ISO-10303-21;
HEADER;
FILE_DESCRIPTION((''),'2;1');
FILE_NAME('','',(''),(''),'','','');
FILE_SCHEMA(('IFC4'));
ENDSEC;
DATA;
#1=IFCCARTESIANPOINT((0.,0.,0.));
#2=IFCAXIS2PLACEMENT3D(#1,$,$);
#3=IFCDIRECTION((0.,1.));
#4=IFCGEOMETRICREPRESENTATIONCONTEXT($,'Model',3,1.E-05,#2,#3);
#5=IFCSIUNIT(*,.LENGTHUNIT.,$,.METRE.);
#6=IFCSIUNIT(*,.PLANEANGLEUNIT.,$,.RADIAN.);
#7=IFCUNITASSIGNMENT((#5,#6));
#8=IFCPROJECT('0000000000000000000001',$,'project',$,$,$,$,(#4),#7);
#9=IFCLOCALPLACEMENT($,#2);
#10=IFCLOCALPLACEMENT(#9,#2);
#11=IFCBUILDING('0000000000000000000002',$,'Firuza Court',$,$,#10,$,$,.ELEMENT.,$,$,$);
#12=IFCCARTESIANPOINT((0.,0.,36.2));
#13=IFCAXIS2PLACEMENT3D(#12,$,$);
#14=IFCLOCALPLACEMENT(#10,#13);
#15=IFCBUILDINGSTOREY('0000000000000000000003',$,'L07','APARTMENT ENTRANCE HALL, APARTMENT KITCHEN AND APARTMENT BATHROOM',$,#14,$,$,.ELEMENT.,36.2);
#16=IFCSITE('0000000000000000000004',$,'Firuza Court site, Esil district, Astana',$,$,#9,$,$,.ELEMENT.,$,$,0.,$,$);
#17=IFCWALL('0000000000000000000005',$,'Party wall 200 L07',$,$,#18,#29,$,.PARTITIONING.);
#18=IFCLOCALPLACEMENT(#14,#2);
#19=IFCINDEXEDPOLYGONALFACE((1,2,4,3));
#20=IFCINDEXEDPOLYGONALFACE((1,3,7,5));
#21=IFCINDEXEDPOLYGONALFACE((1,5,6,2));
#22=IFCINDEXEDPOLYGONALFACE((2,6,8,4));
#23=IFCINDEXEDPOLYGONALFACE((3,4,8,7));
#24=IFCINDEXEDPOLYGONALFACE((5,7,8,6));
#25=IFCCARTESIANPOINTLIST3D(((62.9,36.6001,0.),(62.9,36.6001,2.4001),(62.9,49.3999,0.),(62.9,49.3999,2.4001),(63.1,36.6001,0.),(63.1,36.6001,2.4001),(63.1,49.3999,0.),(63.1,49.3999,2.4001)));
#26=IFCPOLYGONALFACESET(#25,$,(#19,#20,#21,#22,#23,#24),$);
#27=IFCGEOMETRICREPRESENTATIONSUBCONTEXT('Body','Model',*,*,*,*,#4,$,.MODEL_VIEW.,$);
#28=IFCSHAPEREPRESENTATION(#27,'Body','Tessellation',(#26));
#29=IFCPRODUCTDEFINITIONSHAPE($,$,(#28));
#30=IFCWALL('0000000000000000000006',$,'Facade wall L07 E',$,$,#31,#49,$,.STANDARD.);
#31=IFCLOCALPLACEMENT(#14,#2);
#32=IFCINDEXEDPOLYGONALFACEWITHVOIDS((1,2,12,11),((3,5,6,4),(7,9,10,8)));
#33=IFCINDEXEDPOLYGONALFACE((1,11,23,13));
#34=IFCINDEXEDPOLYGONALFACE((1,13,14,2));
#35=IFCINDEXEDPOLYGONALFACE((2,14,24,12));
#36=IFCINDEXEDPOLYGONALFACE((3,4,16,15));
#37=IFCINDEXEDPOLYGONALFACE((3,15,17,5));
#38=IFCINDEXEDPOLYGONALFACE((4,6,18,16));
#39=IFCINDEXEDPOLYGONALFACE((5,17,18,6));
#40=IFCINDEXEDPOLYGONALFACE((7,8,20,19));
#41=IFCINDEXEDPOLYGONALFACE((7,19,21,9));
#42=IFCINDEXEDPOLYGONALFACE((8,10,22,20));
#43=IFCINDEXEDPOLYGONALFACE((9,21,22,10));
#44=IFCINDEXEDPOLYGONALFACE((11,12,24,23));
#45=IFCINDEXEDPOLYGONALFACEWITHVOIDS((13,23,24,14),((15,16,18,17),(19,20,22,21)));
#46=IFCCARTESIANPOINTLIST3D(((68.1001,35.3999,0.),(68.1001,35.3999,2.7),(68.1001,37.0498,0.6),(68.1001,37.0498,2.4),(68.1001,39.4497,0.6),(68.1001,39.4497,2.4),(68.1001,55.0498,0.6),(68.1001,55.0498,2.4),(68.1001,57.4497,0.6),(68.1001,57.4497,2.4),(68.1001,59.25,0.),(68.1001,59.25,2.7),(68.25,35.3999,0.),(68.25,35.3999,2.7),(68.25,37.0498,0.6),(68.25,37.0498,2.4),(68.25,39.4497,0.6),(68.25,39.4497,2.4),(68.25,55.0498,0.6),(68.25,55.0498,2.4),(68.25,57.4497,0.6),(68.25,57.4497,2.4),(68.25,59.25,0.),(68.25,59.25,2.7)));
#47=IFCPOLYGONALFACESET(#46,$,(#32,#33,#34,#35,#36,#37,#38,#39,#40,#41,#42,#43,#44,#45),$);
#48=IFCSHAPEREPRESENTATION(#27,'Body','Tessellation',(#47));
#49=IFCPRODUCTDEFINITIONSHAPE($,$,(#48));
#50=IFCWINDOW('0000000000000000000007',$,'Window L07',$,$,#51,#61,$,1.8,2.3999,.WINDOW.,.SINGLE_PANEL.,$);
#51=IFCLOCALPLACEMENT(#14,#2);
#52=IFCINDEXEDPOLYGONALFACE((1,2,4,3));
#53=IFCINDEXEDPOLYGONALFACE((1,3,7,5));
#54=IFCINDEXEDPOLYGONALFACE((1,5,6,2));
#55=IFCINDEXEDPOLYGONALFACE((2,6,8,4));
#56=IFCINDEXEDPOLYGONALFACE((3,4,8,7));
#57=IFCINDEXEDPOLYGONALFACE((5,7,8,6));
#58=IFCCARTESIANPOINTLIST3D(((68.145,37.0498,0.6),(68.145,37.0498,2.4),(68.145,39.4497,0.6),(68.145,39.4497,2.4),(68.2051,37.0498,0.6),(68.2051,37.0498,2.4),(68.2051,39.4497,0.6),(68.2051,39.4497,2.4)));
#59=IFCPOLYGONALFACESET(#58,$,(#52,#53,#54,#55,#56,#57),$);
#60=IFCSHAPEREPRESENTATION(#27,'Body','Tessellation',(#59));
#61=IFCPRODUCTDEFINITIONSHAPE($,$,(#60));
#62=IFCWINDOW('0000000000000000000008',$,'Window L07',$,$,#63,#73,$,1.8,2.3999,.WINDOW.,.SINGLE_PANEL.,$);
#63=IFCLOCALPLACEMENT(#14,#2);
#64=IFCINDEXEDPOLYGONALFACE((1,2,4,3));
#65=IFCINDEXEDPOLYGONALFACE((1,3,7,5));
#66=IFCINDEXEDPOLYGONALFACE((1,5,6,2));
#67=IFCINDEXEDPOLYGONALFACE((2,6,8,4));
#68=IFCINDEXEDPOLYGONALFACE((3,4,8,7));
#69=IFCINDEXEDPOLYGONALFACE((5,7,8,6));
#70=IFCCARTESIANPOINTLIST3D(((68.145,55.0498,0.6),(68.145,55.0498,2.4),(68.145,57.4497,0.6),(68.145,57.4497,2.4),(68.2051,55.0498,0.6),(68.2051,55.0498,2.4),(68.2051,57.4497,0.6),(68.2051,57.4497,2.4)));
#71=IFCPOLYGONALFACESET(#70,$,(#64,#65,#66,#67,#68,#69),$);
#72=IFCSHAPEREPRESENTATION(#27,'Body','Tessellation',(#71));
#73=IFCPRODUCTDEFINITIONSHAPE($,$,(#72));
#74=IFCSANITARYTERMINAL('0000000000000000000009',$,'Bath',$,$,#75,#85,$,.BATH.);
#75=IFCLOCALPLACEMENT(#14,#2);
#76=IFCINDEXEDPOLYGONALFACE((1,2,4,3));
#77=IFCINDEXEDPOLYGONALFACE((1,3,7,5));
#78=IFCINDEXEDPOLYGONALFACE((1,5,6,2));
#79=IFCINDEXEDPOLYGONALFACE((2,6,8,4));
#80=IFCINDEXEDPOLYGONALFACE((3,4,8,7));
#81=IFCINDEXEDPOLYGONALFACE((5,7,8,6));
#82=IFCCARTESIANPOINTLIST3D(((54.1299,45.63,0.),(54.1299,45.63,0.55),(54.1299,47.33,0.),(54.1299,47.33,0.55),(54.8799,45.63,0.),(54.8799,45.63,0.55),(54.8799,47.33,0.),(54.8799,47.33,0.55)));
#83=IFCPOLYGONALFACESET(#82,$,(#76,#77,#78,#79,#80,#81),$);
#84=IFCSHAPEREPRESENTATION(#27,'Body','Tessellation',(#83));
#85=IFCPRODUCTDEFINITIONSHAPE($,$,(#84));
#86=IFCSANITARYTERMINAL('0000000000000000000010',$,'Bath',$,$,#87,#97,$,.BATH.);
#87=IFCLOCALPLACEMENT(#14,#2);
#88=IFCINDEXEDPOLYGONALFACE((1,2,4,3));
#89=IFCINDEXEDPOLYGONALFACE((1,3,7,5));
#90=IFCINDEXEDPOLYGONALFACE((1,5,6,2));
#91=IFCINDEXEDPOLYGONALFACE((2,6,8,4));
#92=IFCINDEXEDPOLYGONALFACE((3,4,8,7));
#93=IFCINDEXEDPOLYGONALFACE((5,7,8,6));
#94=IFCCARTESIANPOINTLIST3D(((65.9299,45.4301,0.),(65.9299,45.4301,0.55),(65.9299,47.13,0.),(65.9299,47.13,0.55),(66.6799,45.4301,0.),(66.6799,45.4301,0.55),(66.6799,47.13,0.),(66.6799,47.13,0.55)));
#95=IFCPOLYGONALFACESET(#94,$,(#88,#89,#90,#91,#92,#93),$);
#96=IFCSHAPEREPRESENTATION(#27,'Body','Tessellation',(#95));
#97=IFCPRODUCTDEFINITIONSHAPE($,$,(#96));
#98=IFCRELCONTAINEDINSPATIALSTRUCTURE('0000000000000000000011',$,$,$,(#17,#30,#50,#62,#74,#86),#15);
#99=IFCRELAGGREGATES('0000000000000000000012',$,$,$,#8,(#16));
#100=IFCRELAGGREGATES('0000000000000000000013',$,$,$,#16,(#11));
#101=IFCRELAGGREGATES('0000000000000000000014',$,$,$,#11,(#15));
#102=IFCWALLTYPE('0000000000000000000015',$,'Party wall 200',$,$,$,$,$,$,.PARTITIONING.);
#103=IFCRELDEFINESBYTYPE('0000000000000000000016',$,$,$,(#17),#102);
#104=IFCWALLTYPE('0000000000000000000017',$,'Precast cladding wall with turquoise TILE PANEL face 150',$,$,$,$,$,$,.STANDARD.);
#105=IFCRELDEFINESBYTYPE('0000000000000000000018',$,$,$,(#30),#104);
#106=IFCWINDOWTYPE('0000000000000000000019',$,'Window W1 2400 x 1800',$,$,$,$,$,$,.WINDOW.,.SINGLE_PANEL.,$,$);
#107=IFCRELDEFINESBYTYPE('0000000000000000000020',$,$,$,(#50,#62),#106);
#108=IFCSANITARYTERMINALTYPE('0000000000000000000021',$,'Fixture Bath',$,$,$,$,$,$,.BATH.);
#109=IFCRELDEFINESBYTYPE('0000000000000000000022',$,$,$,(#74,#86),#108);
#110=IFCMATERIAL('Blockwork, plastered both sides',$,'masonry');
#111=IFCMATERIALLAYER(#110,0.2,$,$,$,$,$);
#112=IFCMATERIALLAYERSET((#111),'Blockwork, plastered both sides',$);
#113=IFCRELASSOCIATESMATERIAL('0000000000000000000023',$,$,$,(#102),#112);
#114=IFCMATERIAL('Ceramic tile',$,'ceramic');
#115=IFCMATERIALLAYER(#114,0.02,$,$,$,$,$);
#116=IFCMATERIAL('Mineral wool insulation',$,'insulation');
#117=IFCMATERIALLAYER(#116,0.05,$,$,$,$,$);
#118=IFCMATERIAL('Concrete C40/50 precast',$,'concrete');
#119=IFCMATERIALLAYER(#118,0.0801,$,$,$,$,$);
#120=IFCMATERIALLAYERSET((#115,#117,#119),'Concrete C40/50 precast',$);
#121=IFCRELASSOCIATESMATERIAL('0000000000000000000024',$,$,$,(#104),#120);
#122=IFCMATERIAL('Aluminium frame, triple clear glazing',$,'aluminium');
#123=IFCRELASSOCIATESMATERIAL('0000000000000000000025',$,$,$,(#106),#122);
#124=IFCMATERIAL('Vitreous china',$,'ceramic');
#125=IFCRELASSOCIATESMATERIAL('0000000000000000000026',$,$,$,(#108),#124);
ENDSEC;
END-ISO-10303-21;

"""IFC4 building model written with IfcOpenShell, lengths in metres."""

from ifc_helpers import new_model, si_unit, direction, frame, frame_2d, origin, origin_2d, place, context, subcontext, project, spatial, rectangle, extrude, material, layer, layer_set, type_object, element, fill, save


model = new_model("IFC4")

# Units and contexts
model_context = context("Model", 3, precision=1e-05, world=origin(), true_north=direction((0.0, 1.0)))
body_context = subcontext(model_context, "Body", "Model", "MODEL_VIEW")
ifc_project = project(units=[si_unit("LENGTHUNIT", "METRE"), si_unit("PLANEANGLEUNIT", "RADIAN")], contexts=[model_context])

# Site, building, storey
site_placement = place(None, origin())
site = spatial("IfcSite", under=ifc_project, at=site_placement, Name="Firuza Court site, Esil district, Astana", CompositionType="ELEMENT", RefElevation=0.0)
building_placement = place(site_placement, origin())
building = spatial("IfcBuilding", under=site, at=building_placement, Name="Firuza Court", CompositionType="ELEMENT")
storey_placement = place(building_placement, frame((0.0, 0.0, 36.2)))
storey = spatial("IfcBuildingStorey", under=building, at=storey_placement, Name="L07", Description="APARTMENT ENTRANCE HALL, APARTMENT KITCHEN AND APARTMENT BATHROOM", CompositionType="ELEMENT", Elevation=36.2)

# Wall
ifc_material_1 = material(Name="Blockwork, plastered both sides", Category="masonry")
ifc_layer_1 = layer(ifc_material_1, 0.2)
ifc_layer_set_1 = layer_set([ifc_layer_1], Name="Blockwork, plastered both sides")
wall_type_1 = type_object("IfcWallType", Name="Party wall 200", PredefinedType="PARTITIONING", material=ifc_layer_set_1)
wall_1_placement = place(storey_placement, frame((63.0, 36.6001, 0.0), z_axis=(0.0, 0.0, 1.0), x_axis=(0.0, 1.0, 0.0)))
element("IfcWall", 1, at=wall_1_placement, inside=storey, type_object=wall_type_1, Name="Party wall 200 L07", PredefinedType="PARTITIONING", context=body_context, shape_type="SweptSolid", body=[
    extrude(rectangle(XDim=12.7998, YDim=0.2, at=frame_2d((6.3999, 0.0))), origin(), (0.0, 0.0, 1.0), 2.4001),
])

# Wall, openings, windows
ifc_material_2 = material(Name="Ceramic tile", Category="ceramic")
ifc_layer_2 = layer(ifc_material_2, 0.02)
ifc_material_3 = material(Name="Mineral wool insulation", Category="insulation")
ifc_layer_3 = layer(ifc_material_3, 0.05)
ifc_material_4 = material(Name="Concrete C40/50 precast", Category="concrete")
ifc_layer_4 = layer(ifc_material_4, 0.0801)
ifc_layer_set_2 = layer_set([ifc_layer_2, ifc_layer_3, ifc_layer_4], Name="Concrete C40/50 precast")
wall_type_2 = type_object("IfcWallType", Name="Precast cladding wall with turquoise TILE PANEL face 150", PredefinedType="STANDARD", material=ifc_layer_set_2)
wall_2_placement = place(storey_placement, frame((68.175, 35.3999, 0.0), z_axis=(0.0, 0.0, 1.0), x_axis=(0.0, 1.0, 0.0)))
wall_2 = element("IfcWall", 2, at=wall_2_placement, inside=storey, type_object=wall_type_2, Name="Facade wall L07 E", PredefinedType="STANDARD", context=body_context, shape_type="SweptSolid", body=[
    extrude(rectangle(XDim=23.8501, YDim=0.1499, at=frame_2d((11.925, 0.0))), origin(), (0.0, 0.0, 1.0), 2.7),
])
opening_1_placement = place(wall_2_placement, frame((1.6499, 0.0, 0.6001)))
opening_1 = element("IfcOpeningElement", 3, at=opening_1_placement, cuts=wall_2, PredefinedType="OPENING", context=body_context, shape_type="SweptSolid", body=[
    extrude(rectangle(XDim=2.3999, YDim=1.8, at=frame_2d((1.2, 0.8999))), frame((0.0, 0.0869, 0.0), z_axis=(0.0, -1.0, 0.0), x_axis=(1.0, 0.0, 0.0)), (0.0, 0.0, 1.0), 0.1738),
])
opening_2_placement = place(wall_2_placement, frame((19.6499, 0.0, 0.6001)))
opening_2 = element("IfcOpeningElement", 4, at=opening_2_placement, cuts=wall_2, PredefinedType="OPENING", context=body_context, shape_type="SweptSolid", body=[
    extrude(rectangle(XDim=2.3999, YDim=1.8, at=frame_2d((1.2, 0.8999))), frame((0.0, 0.0869, 0.0), z_axis=(0.0, -1.0, 0.0), x_axis=(1.0, 0.0, 0.0)), (0.0, 0.0, 1.0), 0.1738),
])
ifc_material_5 = material(Name="Aluminium frame, triple clear glazing", Category="aluminium")
window_type = type_object("IfcWindowType", Name="Window W1 2400 x 1800", PartitioningType="SINGLE_PANEL", PredefinedType="WINDOW", material=ifc_material_5)
window_1_placement = place(opening_1_placement, origin())
window_1 = element("IfcWindow", 5, at=window_1_placement, inside=storey, type_object=window_type, Name="Window L07", OverallHeight=1.8, OverallWidth=2.3999, PartitioningType="SINGLE_PANEL", PredefinedType="WINDOW", context=body_context, shape_type="SweptSolid", body=[
    extrude(rectangle(XDim=2.3999, YDim=1.8, at=frame_2d((1.2, 0.8999))), frame((0.0, 0.03, 0.0), z_axis=(0.0, -1.0, 0.0), x_axis=(1.0, 0.0, 0.0)), (0.0, 0.0, 1.0), 0.0601),
])
fill(opening_1, window_1)
window_2_placement = place(opening_2_placement, origin())
window_2 = element("IfcWindow", 6, at=window_2_placement, inside=storey, type_object=window_type, Name="Window L07", OverallHeight=1.8, OverallWidth=2.3999, PartitioningType="SINGLE_PANEL", PredefinedType="WINDOW", context=body_context, shape_type="SweptSolid", body=[
    extrude(rectangle(XDim=2.3999, YDim=1.8, at=frame_2d((1.2, 0.8999))), frame((0.0, 0.03, 0.0), z_axis=(0.0, -1.0, 0.0), x_axis=(1.0, 0.0, 0.0)), (0.0, 0.0, 1.0), 0.0601),
])
fill(opening_2, window_2)

# Sanitary terminals
ifc_material_6 = material(Name="Vitreous china", Category="ceramic")
sanitary_terminal_type = type_object("IfcSanitaryTerminalType", Name="Fixture Bath", PredefinedType="BATH", material=ifc_material_6)
for number, where, z_axis, x_axis, name in (
    (7, (54.5049, 46.48, 0.0), (0.0, 0.0, 1.0), (1.0, 0.0, 0.0), "Bath"),
    (8, (66.3049, 46.28, 0.0), (0.0, 0.0, 1.0), (1.0, 0.0, 0.0), "Bath"),
):
    element("IfcSanitaryTerminal", number, at=place(storey_placement, frame(where, z_axis=z_axis, x_axis=x_axis)), inside=storey, type_object=sanitary_terminal_type, Name=name, PredefinedType="BATH", context=body_context, shape_type="SweptSolid", body=[
        extrude(rectangle(XDim=0.75, YDim=1.7, at=origin_2d()), origin(), (0.0, 0.0, 1.0), 0.55),
    ])

save(model, "model.ifc")
